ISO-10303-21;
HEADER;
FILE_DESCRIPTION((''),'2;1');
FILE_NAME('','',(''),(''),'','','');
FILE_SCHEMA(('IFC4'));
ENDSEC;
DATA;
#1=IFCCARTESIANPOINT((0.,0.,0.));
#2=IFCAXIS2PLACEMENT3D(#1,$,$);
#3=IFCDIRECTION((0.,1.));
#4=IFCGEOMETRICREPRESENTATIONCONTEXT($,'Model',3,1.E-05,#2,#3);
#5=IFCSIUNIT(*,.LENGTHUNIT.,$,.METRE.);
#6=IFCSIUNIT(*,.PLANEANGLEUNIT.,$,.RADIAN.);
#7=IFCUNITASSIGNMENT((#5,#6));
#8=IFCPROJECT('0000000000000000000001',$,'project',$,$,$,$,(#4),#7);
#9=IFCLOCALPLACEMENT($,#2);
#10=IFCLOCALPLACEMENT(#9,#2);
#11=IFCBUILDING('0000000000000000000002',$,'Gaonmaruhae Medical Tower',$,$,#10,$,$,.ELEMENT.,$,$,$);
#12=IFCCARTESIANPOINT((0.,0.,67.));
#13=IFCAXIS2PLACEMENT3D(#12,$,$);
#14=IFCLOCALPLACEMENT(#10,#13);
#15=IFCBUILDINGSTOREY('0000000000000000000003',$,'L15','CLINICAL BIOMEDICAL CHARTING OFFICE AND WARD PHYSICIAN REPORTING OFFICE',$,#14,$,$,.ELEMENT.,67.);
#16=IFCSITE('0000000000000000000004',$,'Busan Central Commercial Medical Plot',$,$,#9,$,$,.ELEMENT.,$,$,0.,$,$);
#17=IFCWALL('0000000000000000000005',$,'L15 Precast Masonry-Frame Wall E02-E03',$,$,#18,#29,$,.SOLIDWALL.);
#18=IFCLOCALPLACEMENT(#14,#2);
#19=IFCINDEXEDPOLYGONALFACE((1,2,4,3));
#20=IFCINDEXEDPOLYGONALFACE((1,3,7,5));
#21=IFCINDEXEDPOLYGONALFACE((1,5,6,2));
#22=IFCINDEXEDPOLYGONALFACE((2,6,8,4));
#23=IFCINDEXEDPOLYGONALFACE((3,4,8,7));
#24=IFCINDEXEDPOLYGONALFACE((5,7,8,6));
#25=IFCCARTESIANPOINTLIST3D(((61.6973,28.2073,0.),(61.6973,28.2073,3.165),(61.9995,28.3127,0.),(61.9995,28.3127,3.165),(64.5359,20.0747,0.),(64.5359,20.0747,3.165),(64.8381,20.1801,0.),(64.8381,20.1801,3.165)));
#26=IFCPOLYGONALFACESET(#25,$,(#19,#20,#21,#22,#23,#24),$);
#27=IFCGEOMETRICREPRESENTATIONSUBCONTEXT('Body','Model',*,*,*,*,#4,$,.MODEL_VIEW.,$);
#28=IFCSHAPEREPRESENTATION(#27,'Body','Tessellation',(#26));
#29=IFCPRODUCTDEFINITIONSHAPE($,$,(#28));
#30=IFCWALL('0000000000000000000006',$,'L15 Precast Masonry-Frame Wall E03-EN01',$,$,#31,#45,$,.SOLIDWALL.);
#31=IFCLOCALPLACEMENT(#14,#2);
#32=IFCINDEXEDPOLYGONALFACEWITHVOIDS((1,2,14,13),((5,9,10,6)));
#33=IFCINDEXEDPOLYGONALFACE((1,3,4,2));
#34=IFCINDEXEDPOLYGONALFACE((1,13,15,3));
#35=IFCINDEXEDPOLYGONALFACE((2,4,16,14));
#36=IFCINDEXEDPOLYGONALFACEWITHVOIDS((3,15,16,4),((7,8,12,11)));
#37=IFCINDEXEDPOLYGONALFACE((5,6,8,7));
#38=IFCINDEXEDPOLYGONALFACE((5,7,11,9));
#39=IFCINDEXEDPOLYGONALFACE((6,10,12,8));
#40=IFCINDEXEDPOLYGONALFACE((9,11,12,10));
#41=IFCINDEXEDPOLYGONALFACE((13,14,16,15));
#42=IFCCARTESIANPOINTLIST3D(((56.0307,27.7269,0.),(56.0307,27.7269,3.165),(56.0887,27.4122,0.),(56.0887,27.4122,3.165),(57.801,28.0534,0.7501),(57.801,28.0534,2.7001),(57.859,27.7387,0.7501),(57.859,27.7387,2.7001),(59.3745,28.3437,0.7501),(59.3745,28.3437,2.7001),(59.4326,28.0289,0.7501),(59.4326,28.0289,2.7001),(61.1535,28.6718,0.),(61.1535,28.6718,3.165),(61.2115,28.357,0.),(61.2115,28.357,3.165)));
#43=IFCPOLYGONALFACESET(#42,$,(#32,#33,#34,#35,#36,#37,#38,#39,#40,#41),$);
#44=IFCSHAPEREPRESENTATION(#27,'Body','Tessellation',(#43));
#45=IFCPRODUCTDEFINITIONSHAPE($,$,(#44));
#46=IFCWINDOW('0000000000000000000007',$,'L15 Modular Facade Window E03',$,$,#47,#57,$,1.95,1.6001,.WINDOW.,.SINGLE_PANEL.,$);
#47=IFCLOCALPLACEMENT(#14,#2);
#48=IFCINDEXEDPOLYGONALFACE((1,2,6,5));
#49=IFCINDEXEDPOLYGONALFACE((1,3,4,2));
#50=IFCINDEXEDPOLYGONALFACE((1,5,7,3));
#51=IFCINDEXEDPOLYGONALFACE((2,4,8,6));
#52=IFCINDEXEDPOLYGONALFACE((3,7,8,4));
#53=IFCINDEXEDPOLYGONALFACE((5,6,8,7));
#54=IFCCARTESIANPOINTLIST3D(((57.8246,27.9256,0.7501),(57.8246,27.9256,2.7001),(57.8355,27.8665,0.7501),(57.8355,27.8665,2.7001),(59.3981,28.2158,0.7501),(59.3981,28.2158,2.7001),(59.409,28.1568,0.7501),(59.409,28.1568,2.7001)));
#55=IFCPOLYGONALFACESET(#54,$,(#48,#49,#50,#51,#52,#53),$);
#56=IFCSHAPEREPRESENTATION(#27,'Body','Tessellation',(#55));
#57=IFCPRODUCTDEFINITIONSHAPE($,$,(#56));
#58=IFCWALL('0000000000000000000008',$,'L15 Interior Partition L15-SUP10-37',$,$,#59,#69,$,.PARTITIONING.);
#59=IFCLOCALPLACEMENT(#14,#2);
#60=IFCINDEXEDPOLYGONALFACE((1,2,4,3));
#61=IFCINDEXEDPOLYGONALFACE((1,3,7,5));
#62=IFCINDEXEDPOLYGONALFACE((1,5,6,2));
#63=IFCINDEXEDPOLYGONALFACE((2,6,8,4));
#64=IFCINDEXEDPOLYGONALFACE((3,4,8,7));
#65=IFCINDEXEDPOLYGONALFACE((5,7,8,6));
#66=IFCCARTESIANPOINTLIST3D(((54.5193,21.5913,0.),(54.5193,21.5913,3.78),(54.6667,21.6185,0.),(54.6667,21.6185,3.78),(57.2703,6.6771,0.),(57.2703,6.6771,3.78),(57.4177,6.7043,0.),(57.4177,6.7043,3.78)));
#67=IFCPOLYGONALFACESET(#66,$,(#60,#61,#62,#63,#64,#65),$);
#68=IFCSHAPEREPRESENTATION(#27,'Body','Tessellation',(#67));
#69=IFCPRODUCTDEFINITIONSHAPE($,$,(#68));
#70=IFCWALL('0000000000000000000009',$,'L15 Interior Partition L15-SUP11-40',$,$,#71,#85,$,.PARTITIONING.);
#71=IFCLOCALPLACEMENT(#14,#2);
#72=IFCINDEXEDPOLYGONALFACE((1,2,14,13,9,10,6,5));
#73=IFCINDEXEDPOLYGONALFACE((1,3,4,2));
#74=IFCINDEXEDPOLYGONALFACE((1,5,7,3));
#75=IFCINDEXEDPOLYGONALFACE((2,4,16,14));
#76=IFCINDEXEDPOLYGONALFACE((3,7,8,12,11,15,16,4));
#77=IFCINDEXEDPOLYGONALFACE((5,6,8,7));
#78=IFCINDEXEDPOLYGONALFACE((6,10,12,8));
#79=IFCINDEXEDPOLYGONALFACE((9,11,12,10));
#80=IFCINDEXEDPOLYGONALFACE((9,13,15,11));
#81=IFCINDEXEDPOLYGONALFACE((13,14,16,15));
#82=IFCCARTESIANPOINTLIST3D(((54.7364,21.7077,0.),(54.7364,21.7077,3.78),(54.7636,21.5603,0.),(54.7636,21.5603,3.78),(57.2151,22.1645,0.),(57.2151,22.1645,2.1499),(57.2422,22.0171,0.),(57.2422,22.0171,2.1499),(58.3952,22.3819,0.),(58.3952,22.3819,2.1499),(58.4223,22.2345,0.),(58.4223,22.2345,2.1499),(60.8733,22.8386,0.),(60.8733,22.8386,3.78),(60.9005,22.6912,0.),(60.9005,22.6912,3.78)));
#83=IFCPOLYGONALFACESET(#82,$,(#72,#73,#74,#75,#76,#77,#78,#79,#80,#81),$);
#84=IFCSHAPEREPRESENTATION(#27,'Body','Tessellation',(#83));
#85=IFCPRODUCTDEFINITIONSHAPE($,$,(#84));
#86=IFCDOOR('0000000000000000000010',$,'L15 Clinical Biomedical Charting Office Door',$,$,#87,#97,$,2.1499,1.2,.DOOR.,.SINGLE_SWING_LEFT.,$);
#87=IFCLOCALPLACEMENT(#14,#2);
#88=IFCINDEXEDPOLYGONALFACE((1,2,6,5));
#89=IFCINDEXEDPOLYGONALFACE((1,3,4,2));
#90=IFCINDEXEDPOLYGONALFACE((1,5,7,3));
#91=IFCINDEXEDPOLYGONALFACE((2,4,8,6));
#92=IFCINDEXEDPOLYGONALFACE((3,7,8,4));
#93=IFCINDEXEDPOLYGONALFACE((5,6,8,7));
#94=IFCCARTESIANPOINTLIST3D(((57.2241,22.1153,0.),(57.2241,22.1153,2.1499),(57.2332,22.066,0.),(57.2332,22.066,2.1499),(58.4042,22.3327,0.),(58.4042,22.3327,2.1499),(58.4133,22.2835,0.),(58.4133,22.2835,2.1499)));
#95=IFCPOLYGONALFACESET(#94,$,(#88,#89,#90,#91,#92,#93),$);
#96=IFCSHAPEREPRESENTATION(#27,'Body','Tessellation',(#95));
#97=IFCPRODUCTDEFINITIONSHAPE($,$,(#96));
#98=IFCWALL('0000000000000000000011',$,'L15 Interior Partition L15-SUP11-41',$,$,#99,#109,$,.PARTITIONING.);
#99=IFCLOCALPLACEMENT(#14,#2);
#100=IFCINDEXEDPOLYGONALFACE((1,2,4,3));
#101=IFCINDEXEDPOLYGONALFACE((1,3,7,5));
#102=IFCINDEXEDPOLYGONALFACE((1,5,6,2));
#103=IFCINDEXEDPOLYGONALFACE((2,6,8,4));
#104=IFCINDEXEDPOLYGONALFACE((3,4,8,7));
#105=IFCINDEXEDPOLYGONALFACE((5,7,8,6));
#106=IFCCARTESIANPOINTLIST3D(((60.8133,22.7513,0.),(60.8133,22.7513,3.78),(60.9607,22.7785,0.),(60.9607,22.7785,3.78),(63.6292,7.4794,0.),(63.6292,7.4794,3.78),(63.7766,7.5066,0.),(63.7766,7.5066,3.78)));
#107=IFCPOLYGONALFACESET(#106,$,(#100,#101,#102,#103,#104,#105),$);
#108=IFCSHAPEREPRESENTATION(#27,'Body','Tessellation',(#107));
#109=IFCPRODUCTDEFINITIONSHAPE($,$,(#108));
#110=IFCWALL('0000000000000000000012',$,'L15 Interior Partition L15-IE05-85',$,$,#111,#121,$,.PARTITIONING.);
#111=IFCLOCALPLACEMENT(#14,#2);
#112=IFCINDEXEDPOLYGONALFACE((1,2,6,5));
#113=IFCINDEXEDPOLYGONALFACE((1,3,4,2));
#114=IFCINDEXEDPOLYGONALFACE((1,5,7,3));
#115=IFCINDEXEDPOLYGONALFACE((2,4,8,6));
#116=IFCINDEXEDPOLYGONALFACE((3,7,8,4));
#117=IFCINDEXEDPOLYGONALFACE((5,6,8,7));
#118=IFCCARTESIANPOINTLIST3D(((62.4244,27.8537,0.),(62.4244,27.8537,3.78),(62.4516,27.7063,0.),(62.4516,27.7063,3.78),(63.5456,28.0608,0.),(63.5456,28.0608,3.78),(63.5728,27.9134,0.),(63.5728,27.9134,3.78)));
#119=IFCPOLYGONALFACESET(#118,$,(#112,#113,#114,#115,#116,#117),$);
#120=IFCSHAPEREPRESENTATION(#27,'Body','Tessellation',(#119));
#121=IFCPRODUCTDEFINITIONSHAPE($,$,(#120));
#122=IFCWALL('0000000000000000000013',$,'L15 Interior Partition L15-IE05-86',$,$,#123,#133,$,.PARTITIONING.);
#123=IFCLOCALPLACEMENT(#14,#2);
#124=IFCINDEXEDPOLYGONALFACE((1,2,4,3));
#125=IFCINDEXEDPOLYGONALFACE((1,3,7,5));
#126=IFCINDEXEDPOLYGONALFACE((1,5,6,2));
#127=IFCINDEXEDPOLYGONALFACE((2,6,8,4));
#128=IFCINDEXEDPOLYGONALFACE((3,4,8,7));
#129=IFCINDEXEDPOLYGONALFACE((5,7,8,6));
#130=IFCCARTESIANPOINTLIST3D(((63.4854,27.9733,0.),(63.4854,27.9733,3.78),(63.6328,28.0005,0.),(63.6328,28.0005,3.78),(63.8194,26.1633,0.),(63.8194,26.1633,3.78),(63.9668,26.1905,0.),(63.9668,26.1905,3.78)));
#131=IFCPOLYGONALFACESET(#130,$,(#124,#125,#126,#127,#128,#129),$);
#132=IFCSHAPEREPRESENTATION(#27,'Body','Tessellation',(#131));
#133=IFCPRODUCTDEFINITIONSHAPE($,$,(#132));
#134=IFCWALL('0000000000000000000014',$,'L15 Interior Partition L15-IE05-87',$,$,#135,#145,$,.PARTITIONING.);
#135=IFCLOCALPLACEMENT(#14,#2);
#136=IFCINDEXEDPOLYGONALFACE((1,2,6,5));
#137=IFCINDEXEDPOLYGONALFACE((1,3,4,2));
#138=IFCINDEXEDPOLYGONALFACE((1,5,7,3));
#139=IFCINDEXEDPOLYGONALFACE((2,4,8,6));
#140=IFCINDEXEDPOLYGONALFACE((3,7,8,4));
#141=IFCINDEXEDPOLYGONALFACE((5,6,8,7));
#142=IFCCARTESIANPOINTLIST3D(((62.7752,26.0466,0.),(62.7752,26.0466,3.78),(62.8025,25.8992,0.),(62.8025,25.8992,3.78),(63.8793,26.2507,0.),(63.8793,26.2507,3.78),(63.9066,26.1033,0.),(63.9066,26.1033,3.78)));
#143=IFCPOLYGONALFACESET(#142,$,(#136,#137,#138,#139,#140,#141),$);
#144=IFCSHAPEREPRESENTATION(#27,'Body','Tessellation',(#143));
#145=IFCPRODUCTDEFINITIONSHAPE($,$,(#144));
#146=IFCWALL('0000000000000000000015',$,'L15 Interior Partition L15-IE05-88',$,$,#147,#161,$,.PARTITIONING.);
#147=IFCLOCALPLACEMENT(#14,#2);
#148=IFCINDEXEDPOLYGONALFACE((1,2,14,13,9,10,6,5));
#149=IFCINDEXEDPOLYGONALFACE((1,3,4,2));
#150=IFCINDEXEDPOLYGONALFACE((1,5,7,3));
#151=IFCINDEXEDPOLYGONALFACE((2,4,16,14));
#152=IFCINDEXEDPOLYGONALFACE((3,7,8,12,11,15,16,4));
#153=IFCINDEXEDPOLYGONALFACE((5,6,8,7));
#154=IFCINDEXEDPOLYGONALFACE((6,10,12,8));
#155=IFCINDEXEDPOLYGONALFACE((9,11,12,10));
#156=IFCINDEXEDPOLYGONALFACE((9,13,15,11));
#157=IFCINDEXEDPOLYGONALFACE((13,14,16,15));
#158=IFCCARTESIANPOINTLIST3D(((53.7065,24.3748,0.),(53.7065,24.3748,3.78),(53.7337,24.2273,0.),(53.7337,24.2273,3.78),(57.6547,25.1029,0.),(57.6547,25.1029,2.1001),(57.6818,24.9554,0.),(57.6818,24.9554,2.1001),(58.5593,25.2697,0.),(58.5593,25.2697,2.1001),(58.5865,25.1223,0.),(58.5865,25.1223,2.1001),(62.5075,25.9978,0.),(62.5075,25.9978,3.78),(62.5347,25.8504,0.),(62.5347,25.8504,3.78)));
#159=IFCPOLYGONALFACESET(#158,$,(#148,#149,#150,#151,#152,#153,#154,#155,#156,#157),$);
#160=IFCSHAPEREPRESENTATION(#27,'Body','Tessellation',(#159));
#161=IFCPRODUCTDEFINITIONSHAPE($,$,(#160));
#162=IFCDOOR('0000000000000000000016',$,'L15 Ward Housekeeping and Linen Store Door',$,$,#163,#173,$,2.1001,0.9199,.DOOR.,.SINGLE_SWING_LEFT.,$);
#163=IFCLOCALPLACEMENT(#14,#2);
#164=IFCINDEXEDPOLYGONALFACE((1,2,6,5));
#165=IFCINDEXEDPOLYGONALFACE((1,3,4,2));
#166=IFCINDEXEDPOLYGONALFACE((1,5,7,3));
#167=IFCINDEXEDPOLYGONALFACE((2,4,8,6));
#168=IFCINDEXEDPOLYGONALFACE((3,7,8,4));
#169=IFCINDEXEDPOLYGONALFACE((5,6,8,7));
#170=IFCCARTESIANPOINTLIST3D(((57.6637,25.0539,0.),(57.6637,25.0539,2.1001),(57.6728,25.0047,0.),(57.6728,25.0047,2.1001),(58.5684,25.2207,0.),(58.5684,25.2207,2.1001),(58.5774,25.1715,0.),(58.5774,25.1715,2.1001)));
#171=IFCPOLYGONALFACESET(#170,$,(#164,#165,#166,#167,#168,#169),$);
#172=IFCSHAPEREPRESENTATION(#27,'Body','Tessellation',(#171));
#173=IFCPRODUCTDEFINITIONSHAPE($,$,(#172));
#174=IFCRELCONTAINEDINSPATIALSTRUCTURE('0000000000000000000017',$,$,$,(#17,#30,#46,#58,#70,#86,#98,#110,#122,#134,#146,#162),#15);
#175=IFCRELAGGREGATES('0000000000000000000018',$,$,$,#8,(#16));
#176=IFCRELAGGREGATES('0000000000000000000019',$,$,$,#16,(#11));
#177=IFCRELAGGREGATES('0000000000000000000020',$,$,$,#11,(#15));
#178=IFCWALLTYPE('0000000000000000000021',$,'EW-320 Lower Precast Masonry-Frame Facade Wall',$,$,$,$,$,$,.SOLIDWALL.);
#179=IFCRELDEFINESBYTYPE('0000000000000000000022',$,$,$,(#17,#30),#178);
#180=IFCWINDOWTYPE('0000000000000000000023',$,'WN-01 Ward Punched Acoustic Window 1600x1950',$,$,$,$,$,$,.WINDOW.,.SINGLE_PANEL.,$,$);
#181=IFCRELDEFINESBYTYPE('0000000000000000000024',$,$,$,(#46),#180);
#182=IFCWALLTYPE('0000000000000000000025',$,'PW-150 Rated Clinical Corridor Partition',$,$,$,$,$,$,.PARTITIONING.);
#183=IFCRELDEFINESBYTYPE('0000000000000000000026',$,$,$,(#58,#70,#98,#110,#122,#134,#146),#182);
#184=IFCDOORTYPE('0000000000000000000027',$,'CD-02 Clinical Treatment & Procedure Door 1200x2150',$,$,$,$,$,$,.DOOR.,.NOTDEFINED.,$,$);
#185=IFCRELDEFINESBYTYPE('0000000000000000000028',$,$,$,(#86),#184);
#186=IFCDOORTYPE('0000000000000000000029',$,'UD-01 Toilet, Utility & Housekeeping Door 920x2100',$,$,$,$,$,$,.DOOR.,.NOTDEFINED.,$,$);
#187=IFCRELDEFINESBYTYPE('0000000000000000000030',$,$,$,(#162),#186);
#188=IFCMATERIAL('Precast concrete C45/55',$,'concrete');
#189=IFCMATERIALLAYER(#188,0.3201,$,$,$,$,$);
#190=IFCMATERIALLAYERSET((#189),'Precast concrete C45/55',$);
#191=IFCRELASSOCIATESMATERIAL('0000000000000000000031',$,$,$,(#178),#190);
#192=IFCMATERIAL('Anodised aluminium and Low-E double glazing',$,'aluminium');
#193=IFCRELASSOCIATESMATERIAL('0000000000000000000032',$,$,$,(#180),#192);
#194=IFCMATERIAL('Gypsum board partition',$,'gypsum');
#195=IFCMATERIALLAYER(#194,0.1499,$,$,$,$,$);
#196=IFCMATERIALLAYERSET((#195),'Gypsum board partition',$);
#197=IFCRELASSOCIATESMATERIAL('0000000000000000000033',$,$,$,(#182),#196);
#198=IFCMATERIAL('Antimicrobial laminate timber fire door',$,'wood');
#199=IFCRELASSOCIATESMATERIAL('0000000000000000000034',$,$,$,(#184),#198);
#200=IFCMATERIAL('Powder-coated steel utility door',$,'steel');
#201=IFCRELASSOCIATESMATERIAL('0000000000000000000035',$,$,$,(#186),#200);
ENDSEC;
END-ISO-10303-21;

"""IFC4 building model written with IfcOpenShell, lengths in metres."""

from ifc_helpers import new_model, si_unit, direction, frame, frame_2d, origin, place, context, subcontext, project, spatial, rectangle, extrude, material, layer, layer_set, type_object, element, fill, save


model = new_model("IFC4")

# Units and contexts
model_context = context("Model", 3, precision=1e-05, world=origin(), true_north=direction((0.0, 1.0)))
body_context = subcontext(model_context, "Body", "Model", "MODEL_VIEW")
ifc_project = project(units=[si_unit("LENGTHUNIT", "METRE"), si_unit("PLANEANGLEUNIT", "RADIAN")], contexts=[model_context])

# Site, building, storey
site_placement = place(None, origin())
site = spatial("IfcSite", under=ifc_project, at=site_placement, Name="Busan Central Commercial Medical Plot", CompositionType="ELEMENT", RefElevation=0.0)
building_placement = place(site_placement, origin())
building = spatial("IfcBuilding", under=site, at=building_placement, Name="Gaonmaruhae Medical Tower", CompositionType="ELEMENT")
storey_placement = place(building_placement, frame((0.0, 0.0, 67.0)))
storey = spatial("IfcBuildingStorey", under=building, at=storey_placement, Name="L15", Description="CLINICAL BIOMEDICAL CHARTING OFFICE AND WARD PHYSICIAN REPORTING OFFICE", CompositionType="ELEMENT", Elevation=67.0)

# Wall
ifc_material_1 = material(Name="Precast concrete C45/55", Category="concrete")
ifc_layer_1 = layer(ifc_material_1, 0.3201)
ifc_layer_set_1 = layer_set([ifc_layer_1], Name="Precast concrete C45/55")
wall_type_1 = type_object("IfcWallType", Name="EW-320 Lower Precast Masonry-Frame Facade Wall", PredefinedType="SOLIDWALL", material=ifc_layer_set_1)
wall_1_placement = place(storey_placement, frame((61.8484, 28.26, 0.0), z_axis=(0.0, 0.0, 1.0), x_axis=(0.329546, -0.944139, 0.0)))
element("IfcWall", 1, at=wall_1_placement, inside=storey, type_object=wall_type_1, Name="L15 Precast Masonry-Frame Wall E02-E03", PredefinedType="SOLIDWALL", context=body_context, shape_type="SweptSolid", body=[
    extrude(rectangle(XDim=8.6138, YDim=0.3201, at=frame_2d((4.3069, 0.0))), origin(), (0.0, 0.0, 1.0), 3.165),
])

# Wall, opening, window
wall_2_placement = place(storey_placement, frame((56.0598, 27.5696, 0.0), z_axis=(0.0, 0.0, 1.0), x_axis=(0.983414, 0.181376, 0.0)))
wall_2 = element("IfcWall", 2, at=wall_2_placement, inside=storey, type_object=wall_type_1, Name="L15 Precast Masonry-Frame Wall E03-EN01", PredefinedType="SOLIDWALL", context=body_context, shape_type="SweptSolid", body=[
    extrude(rectangle(XDim=5.2092, YDim=0.3201, at=frame_2d((2.6045, 0.0))), origin(), (0.0, 0.0, 1.0), 3.165),
])
opening_1_placement = place(wall_2_placement, frame((1.8, 0.0, 0.75)))
opening_1 = element("IfcOpeningElement", 3, at=opening_1_placement, cuts=wall_2, PredefinedType="OPENING", context=body_context, shape_type="SweptSolid", body=[
    extrude(rectangle(XDim=1.6001, YDim=1.95, at=frame_2d((0.8, 0.9751))), frame((0.0, 0.1699, 0.0), z_axis=(0.0, -1.0, 0.0), x_axis=(1.0, 0.0, 0.0)), (0.0, 0.0, 1.0), 0.3401),
])
ifc_material_2 = material(Name="Anodised aluminium and Low-E double glazing", Category="aluminium")
window_type = type_object("IfcWindowType", Name="WN-01 Ward Punched Acoustic Window 1600x1950", PartitioningType="SINGLE_PANEL", PredefinedType="WINDOW", material=ifc_material_2)
window_placement = place(opening_1_placement, origin())
window = element("IfcWindow", 4, at=window_placement, inside=storey, type_object=window_type, Name="L15 Modular Facade Window E03", OverallHeight=1.95, OverallWidth=1.6001, PartitioningType="SINGLE_PANEL", PredefinedType="WINDOW", context=body_context, shape_type="SweptSolid", body=[
    extrude(rectangle(XDim=1.6001, YDim=1.95, at=frame_2d((0.8, 0.9751))), frame((0.0, 0.03, 0.0), z_axis=(0.0, -1.0, 0.0), x_axis=(1.0, 0.0, 0.0)), (0.0, 0.0, 1.0), 0.0601),
])
fill(opening_1, window)

# Wall
ifc_material_3 = material(Name="Gypsum board partition", Category="gypsum")
ifc_layer_2 = layer(ifc_material_3, 0.1499)
ifc_layer_set_2 = layer_set([ifc_layer_2], Name="Gypsum board partition")
wall_type_2 = type_object("IfcWallType", Name="PW-150 Rated Clinical Corridor Partition", PredefinedType="PARTITIONING", material=ifc_layer_set_2)
wall_3_placement = place(storey_placement, frame((54.593, 21.605, 0.0), z_axis=(0.0, 0.0, 1.0), x_axis=(0.181395, -0.98341, 0.0)))
element("IfcWall", 5, at=wall_3_placement, inside=storey, type_object=wall_type_2, Name="L15 Interior Partition L15-SUP10-37", PredefinedType="PARTITIONING", context=body_context, shape_type="SweptSolid", body=[
    extrude(rectangle(XDim=15.1658, YDim=0.1499, at=frame_2d((7.583, 0.0))), origin(), (0.0, 0.0, 1.0), 3.78),
])

# Wall, opening, door
wall_4_placement = place(storey_placement, frame((54.75, 21.634, 0.0), z_axis=(0.0, 0.0, 1.0), x_axis=(0.983443, 0.181219, 0.0)))
wall_4 = element("IfcWall", 6, at=wall_4_placement, inside=storey, type_object=wall_type_2, Name="L15 Interior Partition L15-SUP11-40", PredefinedType="PARTITIONING", context=body_context, shape_type="SweptSolid", body=[
    extrude(rectangle(XDim=6.2402, YDim=0.1499, at=frame_2d((3.1201, 0.0))), origin(), (0.0, 0.0, 1.0), 3.78),
])
opening_2_placement = place(wall_4_placement, frame((2.5203, 0.0, 0.0)))
opening_2 = element("IfcOpeningElement", 7, at=opening_2_placement, cuts=wall_4, PredefinedType="OPENING", context=body_context, shape_type="SweptSolid", body=[
    extrude(rectangle(XDim=1.2, YDim=2.1499, at=frame_2d((0.6001, 1.075))), frame((0.0, 0.085, 0.0), z_axis=(0.0, -1.0, 0.0), x_axis=(1.0, 0.0, 0.0)), (0.0, 0.0, 1.0), 0.1699),
])
ifc_material_4 = material(Name="Antimicrobial laminate timber fire door", Category="wood")
door_type_1 = type_object("IfcDoorType", Name="CD-02 Clinical Treatment & Procedure Door 1200x2150", OperationType="NOTDEFINED", PredefinedType="DOOR", material=ifc_material_4)
door_1_placement = place(opening_2_placement, origin())
door_1 = element("IfcDoor", 8, at=door_1_placement, inside=storey, type_object=door_type_1, Name="L15 Clinical Biomedical Charting Office Door", OperationType="SINGLE_SWING_LEFT", OverallHeight=2.1499, OverallWidth=1.2, PredefinedType="DOOR", context=body_context, shape_type="SweptSolid", body=[
    extrude(rectangle(XDim=1.2, YDim=2.1499, at=frame_2d((0.6001, 1.075))), frame((0.0, 0.0249, 0.0), z_axis=(0.0, -1.0, 0.0), x_axis=(1.0, 0.0, 0.0)), (0.0, 0.0, 1.0), 0.05),
])
fill(opening_2, door_1)

# Walls
wall_5_placement = place(storey_placement, frame((60.887, 22.7649, 0.0), z_axis=(0.0, 0.0, 1.0), x_axis=(0.181328, -0.983423, 0.0)))
element("IfcWall", 9, at=wall_5_placement, inside=storey, type_object=wall_type_2, Name="L15 Interior Partition L15-SUP11-41", PredefinedType="PARTITIONING", context=body_context, shape_type="SweptSolid", body=[
    extrude(rectangle(XDim=15.5293, YDim=0.1499, at=frame_2d((7.7646, 0.0))), origin(), (0.0, 0.0, 1.0), 3.78),
])
wall_6_placement = place(storey_placement, frame((62.438, 27.78, 0.0), z_axis=(0.0, 0.0, 1.0), x_axis=(0.983373, 0.181598, 0.0)))
element("IfcWall", 10, at=wall_6_placement, inside=storey, type_object=wall_type_2, Name="L15 Interior Partition L15-IE05-85", PredefinedType="PARTITIONING", context=body_context, shape_type="SweptSolid", body=[
    extrude(rectangle(XDim=1.1401, YDim=0.1499, at=frame_2d((0.5701, 0.0))), origin(), (0.0, 0.0, 1.0), 3.78),
])
wall_7_placement = place(storey_placement, frame((63.5591, 27.9871, 0.0), z_axis=(0.0, 0.0, 1.0), x_axis=(0.181453, -0.9834, 0.0)))
element("IfcWall", 11, at=wall_7_placement, inside=storey, type_object=wall_type_2, Name="L15 Interior Partition L15-IE05-86", PredefinedType="PARTITIONING", context=body_context, shape_type="SweptSolid", body=[
    extrude(rectangle(XDim=1.8406, YDim=0.1499, at=frame_2d((0.9204, 0.0))), origin(), (0.0, 0.0, 1.0), 3.78),
])
wall_8_placement = place(storey_placement, frame((63.8931, 26.177, 0.0), z_axis=(0.0, 0.0, 1.0), x_axis=(-0.983337, -0.181793, 0.0)))
element("IfcWall", 12, at=wall_8_placement, inside=storey, type_object=wall_type_2, Name="L15 Interior Partition L15-IE05-87", PredefinedType="PARTITIONING", context=body_context, shape_type="SweptSolid", body=[
    extrude(rectangle(XDim=1.1228, YDim=0.1499, at=frame_2d((0.5615, 0.0))), origin(), (0.0, 0.0, 1.0), 3.78),
])

# Wall, opening, door
wall_9_placement = place(storey_placement, frame((62.521, 25.9241, 0.0), z_axis=(0.0, 0.0, 1.0), x_axis=(-0.983417, -0.181358, 0.0)))
wall_9 = element("IfcWall", 13, at=wall_9_placement, inside=storey, type_object=wall_type_2, Name="L15 Interior Partition L15-IE05-88", PredefinedType="PARTITIONING", context=body_context, shape_type="SweptSolid", body=[
    extrude(rectangle(XDim=8.9495, YDim=0.1499, at=frame_2d((4.4746, 0.0))), origin(), (0.0, 0.0, 1.0), 3.78),
])
opening_3_placement = place(wall_9_placement, frame((4.0146, 0.0, 0.0)))
opening_3 = element("IfcOpeningElement", 14, at=opening_3_placement, cuts=wall_9, PredefinedType="OPENING", context=body_context, shape_type="SweptSolid", body=[
    extrude(rectangle(XDim=0.9199, YDim=2.1001, at=frame_2d((0.46, 1.05))), frame((0.0, 0.085, 0.0), z_axis=(0.0, -1.0, 0.0), x_axis=(1.0, 0.0, 0.0)), (0.0, 0.0, 1.0), 0.1699),
])
ifc_material_5 = material(Name="Powder-coated steel utility door", Category="steel")
door_type_2 = type_object("IfcDoorType", Name="UD-01 Toilet, Utility & Housekeeping Door 920x2100", OperationType="NOTDEFINED", PredefinedType="DOOR", material=ifc_material_5)
door_2_placement = place(opening_3_placement, origin())
door_2 = element("IfcDoor", 15, at=door_2_placement, inside=storey, type_object=door_type_2, Name="L15 Ward Housekeeping and Linen Store Door", OperationType="SINGLE_SWING_LEFT", OverallHeight=2.1001, OverallWidth=0.9199, PredefinedType="DOOR", context=body_context, shape_type="SweptSolid", body=[
    extrude(rectangle(XDim=0.9199, YDim=2.1001, at=frame_2d((0.46, 1.05))), frame((0.0, 0.0249, 0.0), z_axis=(0.0, -1.0, 0.0), x_axis=(1.0, 0.0, 0.0)), (0.0, 0.0, 1.0), 0.05),
])
fill(opening_3, door_2)

save(model, "model.ifc")
